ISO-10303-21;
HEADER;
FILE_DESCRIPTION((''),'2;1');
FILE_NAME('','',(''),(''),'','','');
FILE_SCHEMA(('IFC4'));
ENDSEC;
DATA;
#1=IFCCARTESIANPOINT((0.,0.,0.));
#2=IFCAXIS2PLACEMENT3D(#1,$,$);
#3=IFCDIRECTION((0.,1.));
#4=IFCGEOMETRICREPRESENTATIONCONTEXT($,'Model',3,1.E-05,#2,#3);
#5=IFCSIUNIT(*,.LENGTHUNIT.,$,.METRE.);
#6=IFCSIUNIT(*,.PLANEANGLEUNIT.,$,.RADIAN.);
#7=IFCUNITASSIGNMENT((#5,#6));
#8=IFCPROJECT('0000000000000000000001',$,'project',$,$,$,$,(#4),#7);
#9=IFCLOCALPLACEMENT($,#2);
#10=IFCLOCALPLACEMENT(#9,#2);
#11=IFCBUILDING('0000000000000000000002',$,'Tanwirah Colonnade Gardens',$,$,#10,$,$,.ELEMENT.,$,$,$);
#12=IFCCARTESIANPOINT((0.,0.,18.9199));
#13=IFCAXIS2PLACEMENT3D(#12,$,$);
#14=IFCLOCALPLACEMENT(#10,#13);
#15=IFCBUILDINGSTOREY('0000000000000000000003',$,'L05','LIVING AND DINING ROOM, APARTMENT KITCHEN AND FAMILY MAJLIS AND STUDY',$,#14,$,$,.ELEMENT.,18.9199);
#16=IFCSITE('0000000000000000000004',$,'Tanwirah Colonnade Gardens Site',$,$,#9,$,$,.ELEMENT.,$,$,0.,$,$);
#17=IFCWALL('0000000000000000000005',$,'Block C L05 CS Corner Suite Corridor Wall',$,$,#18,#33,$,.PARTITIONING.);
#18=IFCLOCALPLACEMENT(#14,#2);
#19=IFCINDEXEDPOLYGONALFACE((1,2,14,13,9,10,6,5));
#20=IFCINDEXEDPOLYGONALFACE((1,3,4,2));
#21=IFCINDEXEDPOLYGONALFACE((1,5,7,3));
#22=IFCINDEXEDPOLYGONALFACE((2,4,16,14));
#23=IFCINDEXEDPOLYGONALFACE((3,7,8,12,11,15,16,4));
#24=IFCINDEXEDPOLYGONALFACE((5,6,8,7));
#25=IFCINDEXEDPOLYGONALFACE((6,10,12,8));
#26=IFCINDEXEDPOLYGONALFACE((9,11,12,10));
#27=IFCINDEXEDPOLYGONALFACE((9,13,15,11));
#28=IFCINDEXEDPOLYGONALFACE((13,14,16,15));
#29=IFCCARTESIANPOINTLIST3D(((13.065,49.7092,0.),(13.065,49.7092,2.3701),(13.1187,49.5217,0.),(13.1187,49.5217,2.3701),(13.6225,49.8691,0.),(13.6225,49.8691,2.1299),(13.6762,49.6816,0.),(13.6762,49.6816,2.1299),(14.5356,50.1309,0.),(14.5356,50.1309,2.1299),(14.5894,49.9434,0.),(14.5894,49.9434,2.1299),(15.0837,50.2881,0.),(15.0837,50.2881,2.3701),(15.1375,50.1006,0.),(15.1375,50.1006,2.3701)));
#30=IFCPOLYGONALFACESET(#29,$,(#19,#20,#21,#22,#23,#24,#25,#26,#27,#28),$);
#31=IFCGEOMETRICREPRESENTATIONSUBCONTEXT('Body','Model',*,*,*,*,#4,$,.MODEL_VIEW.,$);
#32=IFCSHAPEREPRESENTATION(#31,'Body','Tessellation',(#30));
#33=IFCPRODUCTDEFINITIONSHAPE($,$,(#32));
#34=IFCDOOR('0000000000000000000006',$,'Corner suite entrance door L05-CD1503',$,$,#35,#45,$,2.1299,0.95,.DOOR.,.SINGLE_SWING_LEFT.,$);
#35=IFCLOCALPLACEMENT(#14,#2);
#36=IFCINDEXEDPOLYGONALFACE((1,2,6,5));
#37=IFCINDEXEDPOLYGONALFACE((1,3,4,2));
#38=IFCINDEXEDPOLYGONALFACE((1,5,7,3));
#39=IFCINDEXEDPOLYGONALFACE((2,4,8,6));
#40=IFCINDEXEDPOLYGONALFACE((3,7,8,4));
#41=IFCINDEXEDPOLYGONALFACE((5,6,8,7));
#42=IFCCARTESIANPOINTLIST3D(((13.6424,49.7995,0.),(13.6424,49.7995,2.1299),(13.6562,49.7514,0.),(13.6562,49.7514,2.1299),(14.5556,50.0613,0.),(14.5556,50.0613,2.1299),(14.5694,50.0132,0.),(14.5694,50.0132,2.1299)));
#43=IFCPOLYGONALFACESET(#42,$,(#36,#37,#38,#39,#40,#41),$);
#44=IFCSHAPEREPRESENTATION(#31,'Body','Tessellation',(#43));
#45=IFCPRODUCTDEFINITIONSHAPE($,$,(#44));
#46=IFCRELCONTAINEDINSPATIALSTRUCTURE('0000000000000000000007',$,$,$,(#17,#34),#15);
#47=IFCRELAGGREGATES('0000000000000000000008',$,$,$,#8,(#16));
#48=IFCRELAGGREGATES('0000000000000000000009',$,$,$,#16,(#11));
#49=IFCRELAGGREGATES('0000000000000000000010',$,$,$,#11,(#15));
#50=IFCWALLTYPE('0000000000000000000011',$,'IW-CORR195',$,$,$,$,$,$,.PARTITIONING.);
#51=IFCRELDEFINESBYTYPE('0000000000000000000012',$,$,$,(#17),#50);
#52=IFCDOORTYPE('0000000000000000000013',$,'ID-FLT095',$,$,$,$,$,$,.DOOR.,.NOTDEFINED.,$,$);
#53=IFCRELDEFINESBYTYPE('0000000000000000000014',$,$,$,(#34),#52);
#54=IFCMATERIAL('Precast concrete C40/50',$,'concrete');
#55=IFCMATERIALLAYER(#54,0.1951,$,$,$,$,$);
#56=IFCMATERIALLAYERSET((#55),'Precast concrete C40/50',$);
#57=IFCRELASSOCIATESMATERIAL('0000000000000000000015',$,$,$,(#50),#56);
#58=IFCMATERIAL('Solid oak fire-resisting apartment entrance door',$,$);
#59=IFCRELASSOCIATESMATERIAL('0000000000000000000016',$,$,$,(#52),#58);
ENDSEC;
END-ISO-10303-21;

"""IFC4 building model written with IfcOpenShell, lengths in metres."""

from ifc_helpers import new_model, si_unit, direction, frame, frame_2d, origin, place, context, subcontext, project, spatial, rectangle, extrude, material, layer, layer_set, type_object, element, fill, save


model = new_model("IFC4")

# Units and contexts
model_context = context("Model", 3, precision=1e-05, world=origin(), true_north=direction((0.0, 1.0)))
body_context = subcontext(model_context, "Body", "Model", "MODEL_VIEW")
ifc_project = project(units=[si_unit("LENGTHUNIT", "METRE"), si_unit("PLANEANGLEUNIT", "RADIAN")], contexts=[model_context])

# Site, building, storey
site_placement = place(None, origin())
site = spatial("IfcSite", under=ifc_project, at=site_placement, Name="Tanwirah Colonnade Gardens Site", CompositionType="ELEMENT", RefElevation=0.0)
building_placement = place(site_placement, origin())
building = spatial("IfcBuilding", under=site, at=building_placement, Name="Tanwirah Colonnade Gardens", CompositionType="ELEMENT")
storey_placement = place(building_placement, frame((0.0, 0.0, 18.9199)))
storey = spatial("IfcBuildingStorey", under=building, at=storey_placement, Name="L05", Description="LIVING AND DINING ROOM, APARTMENT KITCHEN AND FAMILY MAJLIS AND STUDY", CompositionType="ELEMENT", Elevation=18.9199)

# Shared definitions
ifc_material_1 = material(Name="Precast concrete C40/50", Category="concrete")

# Wall, opening, door
ifc_layer_1 = layer(ifc_material_1, 0.1951)
ifc_layer_set_1 = layer_set([ifc_layer_1], Name="Precast concrete C40/50")
wall_type_1 = type_object("IfcWallType", Name="IW-CORR195", PredefinedType="PARTITIONING", material=ifc_layer_set_1)
ifc_material_2 = material(Name="Solid oak fire-resisting apartment entrance door")
wall_1_placement = place(storey_placement, frame((15.1106, 50.1943, 0.0), z_axis=(0.0, 0.0, 1.0), x_axis=(-0.961265, -0.275627, 0.0)))
wall_1 = element("IfcWall", 1, at=wall_1_placement, inside=storey, type_object=wall_type_1, Name="Block C L05 CS Corner Suite Corridor Wall", PredefinedType="PARTITIONING", context=body_context, shape_type="SweptSolid", body=[
    extrude(rectangle(XDim=2.1001, YDim=0.1951, at=frame_2d((1.05, 0.0))), origin(), (0.0, 0.0, 1.0), 2.3701),
])
opening_1_placement = place(wall_1_placement, frame((0.5701, 0.0, 0.0)))
opening_1 = element("IfcOpeningElement", 2, at=opening_1_placement, cuts=wall_1, PredefinedType="OPENING", context=body_context, shape_type="SweptSolid", body=[
    extrude(rectangle(XDim=0.95, YDim=2.1299, at=frame_2d((0.4751, 1.0649))), frame((0.0, 0.1074, 0.0), z_axis=(0.0, -1.0, 0.0), x_axis=(1.0, 0.0, 0.0)), (0.0, 0.0, 1.0), 0.2151),
])
door_type_1 = type_object("IfcDoorType", Name="ID-FLT095", OperationType="NOTDEFINED", PredefinedType="DOOR", material=ifc_material_2)
door_1_placement = place(opening_1_placement, origin())
door_1 = element("IfcDoor", 3, at=door_1_placement, inside=storey, type_object=door_type_1, Name="Corner suite entrance door L05-CD1503", OperationType="SINGLE_SWING_LEFT", OverallHeight=2.1299, OverallWidth=0.95, PredefinedType="DOOR", context=body_context, shape_type="SweptSolid", body=[
    extrude(rectangle(XDim=0.95, YDim=2.1299, at=frame_2d((0.4751, 1.0649))), frame((0.0, 0.0249, 0.0), z_axis=(0.0, -1.0, 0.0), x_axis=(1.0, 0.0, 0.0)), (0.0, 0.0, 1.0), 0.05),
])
fill(opening_1, door_1)

save(model, "model.ifc")
